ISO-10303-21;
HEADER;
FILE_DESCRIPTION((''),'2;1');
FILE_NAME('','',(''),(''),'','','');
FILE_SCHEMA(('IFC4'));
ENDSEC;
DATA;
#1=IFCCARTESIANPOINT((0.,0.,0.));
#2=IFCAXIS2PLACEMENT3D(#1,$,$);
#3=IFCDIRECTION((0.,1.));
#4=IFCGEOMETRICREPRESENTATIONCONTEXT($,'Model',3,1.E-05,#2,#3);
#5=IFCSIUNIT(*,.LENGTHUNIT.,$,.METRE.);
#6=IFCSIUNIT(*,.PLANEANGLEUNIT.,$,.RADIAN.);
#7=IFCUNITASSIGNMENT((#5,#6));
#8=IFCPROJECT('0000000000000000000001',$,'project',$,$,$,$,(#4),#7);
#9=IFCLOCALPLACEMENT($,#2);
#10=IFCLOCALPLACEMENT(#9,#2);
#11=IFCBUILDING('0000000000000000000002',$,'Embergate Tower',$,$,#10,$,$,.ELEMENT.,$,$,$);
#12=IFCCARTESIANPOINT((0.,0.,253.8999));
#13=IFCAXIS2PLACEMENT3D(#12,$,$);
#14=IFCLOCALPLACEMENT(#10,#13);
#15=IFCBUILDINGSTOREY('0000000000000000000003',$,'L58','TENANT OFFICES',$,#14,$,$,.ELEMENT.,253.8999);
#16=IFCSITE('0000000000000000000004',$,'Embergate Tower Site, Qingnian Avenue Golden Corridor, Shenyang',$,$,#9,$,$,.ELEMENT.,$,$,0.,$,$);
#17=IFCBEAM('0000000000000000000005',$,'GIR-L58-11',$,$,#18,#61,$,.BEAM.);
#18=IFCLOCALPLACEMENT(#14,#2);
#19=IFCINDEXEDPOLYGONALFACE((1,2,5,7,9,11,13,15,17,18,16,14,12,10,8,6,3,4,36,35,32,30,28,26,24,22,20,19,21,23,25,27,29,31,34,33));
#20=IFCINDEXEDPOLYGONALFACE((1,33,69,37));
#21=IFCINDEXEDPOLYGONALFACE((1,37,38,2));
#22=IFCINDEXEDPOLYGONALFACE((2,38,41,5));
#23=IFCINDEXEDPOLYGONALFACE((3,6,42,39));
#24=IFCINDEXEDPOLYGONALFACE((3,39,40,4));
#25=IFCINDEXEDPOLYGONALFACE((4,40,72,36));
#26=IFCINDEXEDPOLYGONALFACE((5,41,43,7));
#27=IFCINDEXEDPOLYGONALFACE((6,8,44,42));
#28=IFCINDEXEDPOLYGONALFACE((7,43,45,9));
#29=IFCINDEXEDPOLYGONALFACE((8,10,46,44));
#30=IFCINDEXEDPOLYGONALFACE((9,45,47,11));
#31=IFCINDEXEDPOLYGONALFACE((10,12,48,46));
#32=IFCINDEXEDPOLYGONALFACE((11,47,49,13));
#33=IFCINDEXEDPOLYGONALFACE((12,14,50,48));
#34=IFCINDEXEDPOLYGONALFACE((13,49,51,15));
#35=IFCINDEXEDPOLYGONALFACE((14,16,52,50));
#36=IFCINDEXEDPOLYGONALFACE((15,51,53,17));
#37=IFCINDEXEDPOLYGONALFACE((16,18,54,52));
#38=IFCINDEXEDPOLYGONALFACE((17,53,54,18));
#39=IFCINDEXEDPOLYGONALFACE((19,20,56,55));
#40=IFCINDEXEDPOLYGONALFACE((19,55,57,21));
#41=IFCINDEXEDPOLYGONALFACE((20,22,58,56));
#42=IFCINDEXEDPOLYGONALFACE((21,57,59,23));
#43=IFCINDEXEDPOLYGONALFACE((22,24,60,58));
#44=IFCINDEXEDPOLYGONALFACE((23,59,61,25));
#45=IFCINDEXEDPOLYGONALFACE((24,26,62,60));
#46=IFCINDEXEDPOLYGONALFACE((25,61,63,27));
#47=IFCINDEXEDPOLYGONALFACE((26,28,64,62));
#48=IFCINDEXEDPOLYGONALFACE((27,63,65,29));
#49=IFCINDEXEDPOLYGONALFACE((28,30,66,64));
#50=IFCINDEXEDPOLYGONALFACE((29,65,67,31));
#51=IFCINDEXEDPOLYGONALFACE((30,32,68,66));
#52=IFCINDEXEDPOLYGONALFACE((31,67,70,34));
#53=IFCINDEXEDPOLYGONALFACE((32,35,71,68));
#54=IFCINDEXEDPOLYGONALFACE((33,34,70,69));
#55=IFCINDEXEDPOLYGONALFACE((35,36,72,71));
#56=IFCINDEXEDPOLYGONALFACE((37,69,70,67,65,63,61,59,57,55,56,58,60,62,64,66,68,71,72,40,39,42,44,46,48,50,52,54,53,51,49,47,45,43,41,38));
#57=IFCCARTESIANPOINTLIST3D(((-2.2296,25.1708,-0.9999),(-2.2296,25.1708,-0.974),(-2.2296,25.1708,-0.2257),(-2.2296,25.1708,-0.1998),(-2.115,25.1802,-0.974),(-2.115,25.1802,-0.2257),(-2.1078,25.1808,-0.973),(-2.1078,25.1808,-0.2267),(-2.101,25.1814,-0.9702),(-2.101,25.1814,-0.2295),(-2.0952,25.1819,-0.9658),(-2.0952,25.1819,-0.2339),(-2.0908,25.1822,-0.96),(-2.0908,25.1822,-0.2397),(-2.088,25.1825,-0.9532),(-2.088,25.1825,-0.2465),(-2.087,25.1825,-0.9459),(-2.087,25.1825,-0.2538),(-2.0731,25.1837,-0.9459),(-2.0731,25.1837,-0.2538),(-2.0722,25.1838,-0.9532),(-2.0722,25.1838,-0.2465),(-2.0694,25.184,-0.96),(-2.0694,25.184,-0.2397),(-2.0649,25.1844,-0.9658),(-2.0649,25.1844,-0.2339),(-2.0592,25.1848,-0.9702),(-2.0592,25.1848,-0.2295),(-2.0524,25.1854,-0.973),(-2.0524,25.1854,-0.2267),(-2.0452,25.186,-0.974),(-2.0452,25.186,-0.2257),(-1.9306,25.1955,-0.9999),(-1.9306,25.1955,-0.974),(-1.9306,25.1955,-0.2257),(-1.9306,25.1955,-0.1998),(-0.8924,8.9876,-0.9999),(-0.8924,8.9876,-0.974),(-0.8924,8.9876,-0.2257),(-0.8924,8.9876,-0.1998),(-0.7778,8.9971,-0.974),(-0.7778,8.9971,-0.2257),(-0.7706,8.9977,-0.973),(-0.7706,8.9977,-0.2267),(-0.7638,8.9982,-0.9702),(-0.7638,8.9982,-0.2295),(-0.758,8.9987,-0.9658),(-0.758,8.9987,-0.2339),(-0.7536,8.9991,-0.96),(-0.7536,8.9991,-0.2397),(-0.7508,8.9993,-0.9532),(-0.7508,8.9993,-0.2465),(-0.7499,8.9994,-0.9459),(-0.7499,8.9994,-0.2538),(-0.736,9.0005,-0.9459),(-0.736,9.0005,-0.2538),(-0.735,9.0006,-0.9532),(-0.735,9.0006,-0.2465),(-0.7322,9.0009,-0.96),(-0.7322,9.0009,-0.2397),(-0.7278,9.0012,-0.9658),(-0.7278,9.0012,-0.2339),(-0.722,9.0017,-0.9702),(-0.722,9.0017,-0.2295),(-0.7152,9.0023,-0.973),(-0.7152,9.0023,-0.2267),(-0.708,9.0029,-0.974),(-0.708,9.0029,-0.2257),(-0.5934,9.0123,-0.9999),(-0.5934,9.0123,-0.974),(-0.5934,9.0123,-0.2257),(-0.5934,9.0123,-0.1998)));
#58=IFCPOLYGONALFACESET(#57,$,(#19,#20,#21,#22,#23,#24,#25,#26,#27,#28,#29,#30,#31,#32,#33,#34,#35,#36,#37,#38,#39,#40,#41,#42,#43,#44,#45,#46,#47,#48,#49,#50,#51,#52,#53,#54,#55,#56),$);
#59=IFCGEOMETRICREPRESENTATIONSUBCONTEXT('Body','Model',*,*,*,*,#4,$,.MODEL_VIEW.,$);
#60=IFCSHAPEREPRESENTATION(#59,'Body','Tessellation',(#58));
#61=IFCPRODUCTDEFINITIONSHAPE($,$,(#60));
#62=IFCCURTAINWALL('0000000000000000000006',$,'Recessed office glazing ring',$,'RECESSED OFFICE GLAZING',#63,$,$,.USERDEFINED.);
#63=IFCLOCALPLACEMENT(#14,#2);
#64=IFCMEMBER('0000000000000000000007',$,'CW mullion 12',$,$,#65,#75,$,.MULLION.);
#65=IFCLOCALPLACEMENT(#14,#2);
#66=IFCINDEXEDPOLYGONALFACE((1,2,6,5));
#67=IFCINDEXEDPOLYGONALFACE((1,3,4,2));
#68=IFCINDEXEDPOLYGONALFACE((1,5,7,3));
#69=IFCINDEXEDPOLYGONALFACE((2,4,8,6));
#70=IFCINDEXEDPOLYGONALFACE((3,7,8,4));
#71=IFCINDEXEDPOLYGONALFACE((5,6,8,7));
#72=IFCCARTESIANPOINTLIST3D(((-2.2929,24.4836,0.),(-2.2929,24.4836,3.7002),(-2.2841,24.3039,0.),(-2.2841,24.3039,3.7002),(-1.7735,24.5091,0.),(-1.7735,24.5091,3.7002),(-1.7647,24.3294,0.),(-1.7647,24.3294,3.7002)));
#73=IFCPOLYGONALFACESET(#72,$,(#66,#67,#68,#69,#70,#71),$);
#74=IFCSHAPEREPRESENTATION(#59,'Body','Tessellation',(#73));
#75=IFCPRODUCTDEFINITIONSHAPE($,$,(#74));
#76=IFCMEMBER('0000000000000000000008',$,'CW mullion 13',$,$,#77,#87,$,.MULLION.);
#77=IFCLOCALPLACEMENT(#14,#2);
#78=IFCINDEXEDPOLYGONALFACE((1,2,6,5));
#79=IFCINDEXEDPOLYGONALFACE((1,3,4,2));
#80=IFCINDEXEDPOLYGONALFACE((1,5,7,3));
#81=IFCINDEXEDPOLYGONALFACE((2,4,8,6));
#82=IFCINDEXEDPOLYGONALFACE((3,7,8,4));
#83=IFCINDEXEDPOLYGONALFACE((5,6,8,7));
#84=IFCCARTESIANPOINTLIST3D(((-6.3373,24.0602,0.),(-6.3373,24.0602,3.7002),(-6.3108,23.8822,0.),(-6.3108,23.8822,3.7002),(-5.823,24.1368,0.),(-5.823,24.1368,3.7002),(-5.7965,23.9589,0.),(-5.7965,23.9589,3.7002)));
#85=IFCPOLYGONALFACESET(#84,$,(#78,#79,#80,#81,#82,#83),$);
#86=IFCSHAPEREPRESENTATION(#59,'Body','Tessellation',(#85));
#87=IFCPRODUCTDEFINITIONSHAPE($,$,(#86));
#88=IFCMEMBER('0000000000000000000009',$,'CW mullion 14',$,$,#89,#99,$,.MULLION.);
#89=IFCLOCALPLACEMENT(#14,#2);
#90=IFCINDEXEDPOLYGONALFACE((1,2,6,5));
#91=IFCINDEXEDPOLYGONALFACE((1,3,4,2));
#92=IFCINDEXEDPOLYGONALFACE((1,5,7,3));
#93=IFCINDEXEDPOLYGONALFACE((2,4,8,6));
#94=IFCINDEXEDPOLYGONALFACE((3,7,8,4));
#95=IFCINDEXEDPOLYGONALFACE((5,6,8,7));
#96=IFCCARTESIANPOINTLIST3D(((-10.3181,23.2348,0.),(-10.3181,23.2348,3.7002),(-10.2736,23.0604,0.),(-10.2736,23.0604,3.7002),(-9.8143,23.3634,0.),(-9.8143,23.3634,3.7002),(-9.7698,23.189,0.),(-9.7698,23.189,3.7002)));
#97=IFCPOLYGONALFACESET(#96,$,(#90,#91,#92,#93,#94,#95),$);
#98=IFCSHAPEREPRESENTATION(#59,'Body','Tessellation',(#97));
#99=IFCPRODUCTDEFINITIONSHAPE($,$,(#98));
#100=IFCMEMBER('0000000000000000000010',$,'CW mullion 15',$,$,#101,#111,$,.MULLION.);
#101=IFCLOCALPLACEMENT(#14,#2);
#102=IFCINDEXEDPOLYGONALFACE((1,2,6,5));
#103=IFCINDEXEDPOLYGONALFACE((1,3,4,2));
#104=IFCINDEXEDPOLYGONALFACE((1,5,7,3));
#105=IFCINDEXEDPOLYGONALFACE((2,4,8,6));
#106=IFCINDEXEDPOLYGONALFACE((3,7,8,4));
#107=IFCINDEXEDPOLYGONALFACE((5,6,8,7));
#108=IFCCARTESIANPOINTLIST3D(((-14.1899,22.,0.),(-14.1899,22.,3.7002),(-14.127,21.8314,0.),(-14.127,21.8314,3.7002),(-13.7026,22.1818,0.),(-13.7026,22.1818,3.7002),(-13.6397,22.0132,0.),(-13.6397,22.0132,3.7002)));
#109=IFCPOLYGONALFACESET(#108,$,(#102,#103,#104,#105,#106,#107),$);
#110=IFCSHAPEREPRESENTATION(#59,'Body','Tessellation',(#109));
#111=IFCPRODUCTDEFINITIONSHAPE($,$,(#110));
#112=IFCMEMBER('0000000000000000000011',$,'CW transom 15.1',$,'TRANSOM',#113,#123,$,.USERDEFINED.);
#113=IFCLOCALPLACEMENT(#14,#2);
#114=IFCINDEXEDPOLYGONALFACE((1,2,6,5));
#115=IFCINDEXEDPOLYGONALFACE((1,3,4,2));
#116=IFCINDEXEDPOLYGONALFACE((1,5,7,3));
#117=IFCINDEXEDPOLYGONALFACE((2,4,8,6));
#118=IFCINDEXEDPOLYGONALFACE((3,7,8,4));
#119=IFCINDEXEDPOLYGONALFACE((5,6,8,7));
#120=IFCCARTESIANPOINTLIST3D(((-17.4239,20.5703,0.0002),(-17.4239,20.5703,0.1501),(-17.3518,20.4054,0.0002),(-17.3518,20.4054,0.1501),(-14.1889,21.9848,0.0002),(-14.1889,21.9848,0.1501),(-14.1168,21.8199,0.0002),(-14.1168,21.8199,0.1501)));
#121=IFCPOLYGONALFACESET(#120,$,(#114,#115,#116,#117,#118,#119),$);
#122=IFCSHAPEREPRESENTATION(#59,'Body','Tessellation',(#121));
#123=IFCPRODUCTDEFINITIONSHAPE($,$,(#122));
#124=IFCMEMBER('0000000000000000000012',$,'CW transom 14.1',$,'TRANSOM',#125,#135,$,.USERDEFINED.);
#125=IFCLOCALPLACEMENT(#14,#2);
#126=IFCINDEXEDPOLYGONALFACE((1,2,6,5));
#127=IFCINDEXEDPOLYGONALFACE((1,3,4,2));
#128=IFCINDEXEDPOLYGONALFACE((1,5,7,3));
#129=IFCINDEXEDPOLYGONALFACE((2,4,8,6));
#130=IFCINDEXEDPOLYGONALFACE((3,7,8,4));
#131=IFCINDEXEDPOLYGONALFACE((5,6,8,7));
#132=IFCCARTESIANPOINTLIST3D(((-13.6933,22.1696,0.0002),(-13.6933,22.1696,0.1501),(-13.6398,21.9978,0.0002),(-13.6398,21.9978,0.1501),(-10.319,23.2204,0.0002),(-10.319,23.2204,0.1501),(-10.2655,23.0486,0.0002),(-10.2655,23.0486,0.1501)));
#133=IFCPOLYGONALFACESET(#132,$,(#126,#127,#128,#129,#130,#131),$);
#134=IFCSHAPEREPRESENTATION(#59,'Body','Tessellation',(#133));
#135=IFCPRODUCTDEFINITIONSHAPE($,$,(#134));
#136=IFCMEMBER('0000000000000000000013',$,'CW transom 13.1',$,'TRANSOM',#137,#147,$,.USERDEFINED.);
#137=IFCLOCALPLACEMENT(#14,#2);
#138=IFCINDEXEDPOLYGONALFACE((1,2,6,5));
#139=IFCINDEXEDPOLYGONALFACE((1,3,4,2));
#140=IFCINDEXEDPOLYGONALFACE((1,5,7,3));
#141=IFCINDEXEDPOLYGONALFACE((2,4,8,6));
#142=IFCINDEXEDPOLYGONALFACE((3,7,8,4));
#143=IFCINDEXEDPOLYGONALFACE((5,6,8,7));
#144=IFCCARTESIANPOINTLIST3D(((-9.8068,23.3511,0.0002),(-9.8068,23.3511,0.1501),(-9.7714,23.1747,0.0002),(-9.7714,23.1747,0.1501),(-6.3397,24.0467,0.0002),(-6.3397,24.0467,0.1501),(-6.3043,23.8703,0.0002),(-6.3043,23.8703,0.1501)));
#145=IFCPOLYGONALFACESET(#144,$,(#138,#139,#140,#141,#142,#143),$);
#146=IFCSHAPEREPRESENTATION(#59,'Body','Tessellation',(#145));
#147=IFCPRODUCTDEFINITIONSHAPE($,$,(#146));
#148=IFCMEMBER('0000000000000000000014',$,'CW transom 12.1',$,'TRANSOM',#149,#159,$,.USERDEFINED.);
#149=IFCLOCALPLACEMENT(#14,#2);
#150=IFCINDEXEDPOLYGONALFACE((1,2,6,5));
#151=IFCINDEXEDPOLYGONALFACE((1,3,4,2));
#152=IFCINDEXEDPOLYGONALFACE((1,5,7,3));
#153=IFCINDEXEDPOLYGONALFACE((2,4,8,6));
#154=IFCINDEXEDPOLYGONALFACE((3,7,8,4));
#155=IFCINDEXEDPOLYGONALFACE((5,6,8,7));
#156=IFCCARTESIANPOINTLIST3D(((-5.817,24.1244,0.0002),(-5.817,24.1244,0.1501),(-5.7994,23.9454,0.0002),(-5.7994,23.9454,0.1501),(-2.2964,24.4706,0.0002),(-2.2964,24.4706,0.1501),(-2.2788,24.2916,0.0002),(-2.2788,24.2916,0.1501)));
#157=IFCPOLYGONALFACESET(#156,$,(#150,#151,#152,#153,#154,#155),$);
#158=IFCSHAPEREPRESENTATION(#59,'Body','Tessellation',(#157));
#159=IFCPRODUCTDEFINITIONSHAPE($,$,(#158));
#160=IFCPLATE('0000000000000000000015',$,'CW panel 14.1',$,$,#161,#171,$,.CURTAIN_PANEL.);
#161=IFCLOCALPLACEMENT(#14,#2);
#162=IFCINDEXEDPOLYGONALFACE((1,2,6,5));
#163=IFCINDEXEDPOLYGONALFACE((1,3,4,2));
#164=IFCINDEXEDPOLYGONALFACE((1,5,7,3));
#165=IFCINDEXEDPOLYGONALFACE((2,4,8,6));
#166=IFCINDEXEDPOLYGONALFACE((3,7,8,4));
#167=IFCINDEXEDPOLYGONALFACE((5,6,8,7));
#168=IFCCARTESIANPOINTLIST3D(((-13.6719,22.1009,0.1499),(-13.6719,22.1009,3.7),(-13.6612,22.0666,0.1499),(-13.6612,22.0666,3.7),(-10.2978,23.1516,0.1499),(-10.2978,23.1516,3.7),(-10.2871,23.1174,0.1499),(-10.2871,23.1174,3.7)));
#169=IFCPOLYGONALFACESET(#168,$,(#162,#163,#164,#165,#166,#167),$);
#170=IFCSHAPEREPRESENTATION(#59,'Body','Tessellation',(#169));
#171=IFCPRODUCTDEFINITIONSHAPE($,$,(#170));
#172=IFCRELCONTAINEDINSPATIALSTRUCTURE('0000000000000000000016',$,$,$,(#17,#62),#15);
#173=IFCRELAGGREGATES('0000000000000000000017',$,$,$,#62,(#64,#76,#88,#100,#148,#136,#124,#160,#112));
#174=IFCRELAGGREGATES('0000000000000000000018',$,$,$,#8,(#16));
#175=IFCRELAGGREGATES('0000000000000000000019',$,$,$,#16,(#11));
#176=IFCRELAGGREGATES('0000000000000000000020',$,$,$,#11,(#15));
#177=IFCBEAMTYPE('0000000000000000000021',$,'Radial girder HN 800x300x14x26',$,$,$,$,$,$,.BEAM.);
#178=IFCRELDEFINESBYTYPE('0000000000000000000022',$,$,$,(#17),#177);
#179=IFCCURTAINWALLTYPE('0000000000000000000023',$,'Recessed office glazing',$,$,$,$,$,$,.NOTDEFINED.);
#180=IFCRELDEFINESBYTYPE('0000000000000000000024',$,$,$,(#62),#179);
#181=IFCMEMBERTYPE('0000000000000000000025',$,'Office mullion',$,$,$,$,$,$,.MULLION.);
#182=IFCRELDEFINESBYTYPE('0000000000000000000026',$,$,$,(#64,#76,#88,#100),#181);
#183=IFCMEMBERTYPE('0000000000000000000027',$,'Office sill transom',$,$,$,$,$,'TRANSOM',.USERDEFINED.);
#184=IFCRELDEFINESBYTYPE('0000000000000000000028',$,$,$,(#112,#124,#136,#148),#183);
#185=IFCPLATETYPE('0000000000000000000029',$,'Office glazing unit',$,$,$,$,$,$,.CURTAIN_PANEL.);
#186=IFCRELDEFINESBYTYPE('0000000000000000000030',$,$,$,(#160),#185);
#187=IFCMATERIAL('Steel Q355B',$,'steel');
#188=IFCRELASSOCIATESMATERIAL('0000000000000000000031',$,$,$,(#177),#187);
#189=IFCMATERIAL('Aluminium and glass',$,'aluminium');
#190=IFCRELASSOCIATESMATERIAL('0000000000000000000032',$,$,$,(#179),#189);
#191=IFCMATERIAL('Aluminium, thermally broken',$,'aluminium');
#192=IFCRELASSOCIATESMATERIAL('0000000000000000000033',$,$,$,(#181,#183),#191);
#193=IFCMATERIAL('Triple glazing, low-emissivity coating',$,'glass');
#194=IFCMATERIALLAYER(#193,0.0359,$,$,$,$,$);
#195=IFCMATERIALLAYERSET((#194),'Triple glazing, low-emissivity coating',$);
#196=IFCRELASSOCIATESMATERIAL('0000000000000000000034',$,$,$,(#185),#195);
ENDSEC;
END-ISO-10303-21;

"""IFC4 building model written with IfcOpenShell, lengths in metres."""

from ifc_helpers import new_model, si_unit, direction, frame, origin, origin_2d, place, context, subcontext, project, spatial, rectangle, i_section, extrude, source, transform, mapped, material, layer, layer_set, material_profile, profile_set, type_object, element, aggregate, save


model = new_model("IFC4")

# Units and contexts
model_context = context("Model", 3, precision=1e-05, world=origin(), true_north=direction((0.0, 1.0)))
body_context = subcontext(model_context, "Body", "Model", "MODEL_VIEW")
ifc_project = project(units=[si_unit("LENGTHUNIT", "METRE"), si_unit("PLANEANGLEUNIT", "RADIAN")], contexts=[model_context])

# Site, building, storey
site_placement = place(None, origin())
site = spatial("IfcSite", under=ifc_project, at=site_placement, Name="Embergate Tower Site, Qingnian Avenue Golden Corridor, Shenyang", CompositionType="ELEMENT", RefElevation=0.0)
building_placement = place(site_placement, origin())
building = spatial("IfcBuilding", under=site, at=building_placement, Name="Embergate Tower", CompositionType="ELEMENT")
storey_placement = place(building_placement, frame((0.0, 0.0, 253.8999)))
storey = spatial("IfcBuildingStorey", under=building, at=storey_placement, Name="L58", Description="TENANT OFFICES", CompositionType="ELEMENT", Elevation=253.8999)

# Beam
ifc_material_1 = material(Name="Steel Q355B", Category="steel")
ifc_material_profile_1 = material_profile(ifc_material_1, i_section(OverallWidth=0.3, OverallDepth=0.8, WebThickness=0.0139, FlangeThickness=0.0259, FilletRadius=0.0281, at=origin_2d()), Name="HN 800x300x14x26")
ifc_profile_set_1 = profile_set([ifc_material_profile_1], Name="Steel Q355 grade B")
beam_type_1 = type_object("IfcBeamType", Name="Radial girder HN 800x300x14x26", PredefinedType="BEAM", material=ifc_profile_set_1)
shared_shape_1 = source(origin(), body_context, "Body", "SweptSolid", [
    extrude(i_section(OverallWidth=0.3, OverallDepth=0.8, WebThickness=0.0139, FlangeThickness=0.0259, FilletRadius=0.0281, at=origin_2d()), origin(), (0.0, 0.0, 1.0), 16.2383),
])
beam_1_placement = place(storey_placement, frame((-2.0801, 25.1831, -0.5999), z_axis=(0.082346, -0.996604, 0.0), x_axis=(0.996604, 0.082346, 0.0)))
element("IfcBeam", 1, at=beam_1_placement, inside=storey, type_object=beam_type_1, Name="GIR-L58-11", PredefinedType="BEAM", context=body_context, shape_type="MappedRepresentation", body=[
    mapped(shared_shape_1, transform((0.0, 0.0, 0.0))),
])

# Curtain wall, members, plate
ifc_material_2 = material(Name="Aluminium and glass", Category="aluminium")
curtain_wall_type = type_object("IfcCurtainWallType", Name="Recessed office glazing", PredefinedType="NOTDEFINED", material=ifc_material_2)
curtain_wall_placement = place(storey_placement, origin())
curtain_wall = element("IfcCurtainWall", 2, at=curtain_wall_placement, inside=storey, type_object=curtain_wall_type, Name="Recessed office glazing ring", ObjectType="RECESSED OFFICE GLAZING", PredefinedType="USERDEFINED")
ifc_material_3 = material(Name="Aluminium, thermally broken", Category="aluminium")
ifc_material_profile_2 = material_profile(ifc_material_3, rectangle(XDim=0.1799, YDim=0.52, at=origin_2d()), Name="AL 520x180")
ifc_profile_set_2 = profile_set([ifc_material_profile_2], Name="Aluminium, thermally broken")
member_type_1 = type_object("IfcMemberType", Name="Office mullion", PredefinedType="MULLION", material=ifc_profile_set_2)
shared_shape_2 = source(origin(), body_context, "Body", "SweptSolid", [
    extrude(rectangle(XDim=0.1799, YDim=0.52, at=origin_2d()), origin(), (0.0, 0.0, 1.0), 3.7002),
])
member_1_placement = place(storey_placement, frame((-2.0288, 24.4065, 0.0), z_axis=(0.0, 0.0, 1.0), x_axis=(0.04897, -0.9988, 0.0)))
member_1 = element("IfcMember", 3, at=member_1_placement, type_object=member_type_1, Name="CW mullion 12", PredefinedType="MULLION", context=body_context, shape_type="MappedRepresentation", body=[
    mapped(shared_shape_2, transform((0.0, 0.0, 0.0))),
])
member_2_placement = place(storey_placement, frame((-6.0669, 24.0095, 0.0), z_axis=(0.0, 0.0, 1.0), x_axis=(0.147411, -0.989075, 0.0)))
member_2 = element("IfcMember", 4, at=member_2_placement, type_object=member_type_1, Name="CW mullion 13", PredefinedType="MULLION", context=body_context, shape_type="MappedRepresentation", body=[
    mapped(shared_shape_2, transform((0.0, 0.0, 0.0))),
])
member_3_placement = place(storey_placement, frame((-10.0439, 23.2119, 0.0), z_axis=(0.0, 0.0, 1.0), x_axis=(0.247308, -0.968937, 0.0)))
member_3 = element("IfcMember", 5, at=member_3_placement, type_object=member_type_1, Name="CW mullion 14", PredefinedType="MULLION", context=body_context, shape_type="MappedRepresentation", body=[
    mapped(shared_shape_2, transform((0.0, 0.0, 0.0))),
])
member_4_placement = place(storey_placement, frame((-13.9148, 22.0066, 0.0), z_axis=(0.0, 0.0, 1.0), x_axis=(0.349498, -0.936937, 0.0)))
member_4 = element("IfcMember", 6, at=member_4_placement, type_object=member_type_1, Name="CW mullion 15", PredefinedType="MULLION", context=body_context, shape_type="MappedRepresentation", body=[
    mapped(shared_shape_2, transform((0.0, 0.0, 0.0))),
])
ifc_material_profile_3 = material_profile(ifc_material_3, rectangle(XDim=0.1799, YDim=0.1499, at=origin_2d()), Name="AL 150x180")
ifc_profile_set_3 = profile_set([ifc_material_profile_3], Name="Aluminium, thermally broken")
member_type_2 = type_object("IfcMemberType", Name="Office sill transom", ElementType="TRANSOM", PredefinedType="USERDEFINED", material=ifc_profile_set_3)
shared_shape_3 = source(origin(), body_context, "Body", "SweptSolid", [
    extrude(rectangle(XDim=0.1799, YDim=0.1499, at=origin_2d()), origin(), (0.0, 0.0, 1.0), 3.5308),
])
member_5_placement = place(storey_placement, frame((-14.1528, 21.9023, 0.0752), z_axis=(-0.916241, -0.400627, 0.0), x_axis=(0.400627, -0.916241, 0.0)))
member_5 = element("IfcMember", 7, at=member_5_placement, type_object=member_type_2, Name="CW transom 15.1", ObjectType="TRANSOM", PredefinedType="USERDEFINED", context=body_context, shape_type="MappedRepresentation", body=[
    mapped(shared_shape_3, transform((0.0, 0.0, 0.0))),
])
shared_shape_4 = source(origin(), body_context, "Body", "SweptSolid", [
    extrude(rectangle(XDim=0.1799, YDim=0.1499, at=origin_2d()), origin(), (0.0, 0.0, 1.0), 3.5342),
])
member_6_placement = place(storey_placement, frame((-10.2922, 23.1345, 0.0752), z_axis=(-0.954776, -0.297327, 0.0), x_axis=(0.297327, -0.954776, 0.0)))
member_6 = element("IfcMember", 8, at=member_6_placement, type_object=member_type_2, Name="CW transom 14.1", ObjectType="TRANSOM", PredefinedType="USERDEFINED", context=body_context, shape_type="MappedRepresentation", body=[
    mapped(shared_shape_4, transform((0.0, 0.0, 0.0))),
])
shared_shape_5 = source(origin(), body_context, "Body", "SweptSolid", [
    extrude(rectangle(XDim=0.1799, YDim=0.1499, at=origin_2d()), origin(), (0.0, 0.0, 1.0), 3.5361),
])
member_7_placement = place(storey_placement, frame((-6.322, 23.9585, 0.0752), z_axis=(-0.980464, -0.1967, 0.0), x_axis=(0.1967, -0.980464, 0.0)))
member_7 = element("IfcMember", 9, at=member_7_placement, type_object=member_type_2, Name="CW transom 13.1", ObjectType="TRANSOM", PredefinedType="USERDEFINED", context=body_context, shape_type="MappedRepresentation", body=[
    mapped(shared_shape_5, transform((0.0, 0.0, 0.0))),
])
shared_shape_6 = source(origin(), body_context, "Body", "SweptSolid", [
    extrude(rectangle(XDim=0.1799, YDim=0.1499, at=origin_2d()), origin(), (0.0, 0.0, 1.0), 3.5376),
])
member_8_placement = place(storey_placement, frame((-2.2876, 24.3811, 0.0752), z_axis=(-0.9952, -0.097864, 0.0), x_axis=(0.097864, -0.9952, 0.0)))
member_8 = element("IfcMember", 10, at=member_8_placement, type_object=member_type_2, Name="CW transom 12.1", ObjectType="TRANSOM", PredefinedType="USERDEFINED", context=body_context, shape_type="MappedRepresentation", body=[
    mapped(shared_shape_6, transform((0.0, 0.0, 0.0))),
])
ifc_material_4 = material(Name="Triple glazing, low-emissivity coating", Category="glass")
ifc_layer_1 = layer(ifc_material_4, 0.0359)
ifc_layer_set_1 = layer_set([ifc_layer_1], Name="Triple glazing, low-emissivity coating")
plate_type = type_object("IfcPlateType", Name="Office glazing unit", PredefinedType="CURTAIN_PANEL", material=ifc_layer_set_1)
shared_shape_7 = source(origin(), body_context, "Body", "SweptSolid", [
    extrude(rectangle(XDim=3.5339, YDim=0.0359, at=origin_2d()), origin(), (0.0, 0.0, 1.0), 3.55),
])
plate_1_placement = place(storey_placement, frame((-11.9795, 22.6091, 0.1499), z_axis=(0.0, 0.0, 1.0), x_axis=(-0.954773, -0.297337, 0.0)))
plate_1 = element("IfcPlate", 11, at=plate_1_placement, type_object=plate_type, Name="CW panel 14.1", PredefinedType="CURTAIN_PANEL", context=body_context, shape_type="MappedRepresentation", body=[
    mapped(shared_shape_7, transform((0.0, 0.0, 0.0))),
])
aggregate(curtain_wall, [member_1, member_2, member_3, member_4, member_8, member_7, member_6, plate_1, member_5])

save(model, "model.ifc")
